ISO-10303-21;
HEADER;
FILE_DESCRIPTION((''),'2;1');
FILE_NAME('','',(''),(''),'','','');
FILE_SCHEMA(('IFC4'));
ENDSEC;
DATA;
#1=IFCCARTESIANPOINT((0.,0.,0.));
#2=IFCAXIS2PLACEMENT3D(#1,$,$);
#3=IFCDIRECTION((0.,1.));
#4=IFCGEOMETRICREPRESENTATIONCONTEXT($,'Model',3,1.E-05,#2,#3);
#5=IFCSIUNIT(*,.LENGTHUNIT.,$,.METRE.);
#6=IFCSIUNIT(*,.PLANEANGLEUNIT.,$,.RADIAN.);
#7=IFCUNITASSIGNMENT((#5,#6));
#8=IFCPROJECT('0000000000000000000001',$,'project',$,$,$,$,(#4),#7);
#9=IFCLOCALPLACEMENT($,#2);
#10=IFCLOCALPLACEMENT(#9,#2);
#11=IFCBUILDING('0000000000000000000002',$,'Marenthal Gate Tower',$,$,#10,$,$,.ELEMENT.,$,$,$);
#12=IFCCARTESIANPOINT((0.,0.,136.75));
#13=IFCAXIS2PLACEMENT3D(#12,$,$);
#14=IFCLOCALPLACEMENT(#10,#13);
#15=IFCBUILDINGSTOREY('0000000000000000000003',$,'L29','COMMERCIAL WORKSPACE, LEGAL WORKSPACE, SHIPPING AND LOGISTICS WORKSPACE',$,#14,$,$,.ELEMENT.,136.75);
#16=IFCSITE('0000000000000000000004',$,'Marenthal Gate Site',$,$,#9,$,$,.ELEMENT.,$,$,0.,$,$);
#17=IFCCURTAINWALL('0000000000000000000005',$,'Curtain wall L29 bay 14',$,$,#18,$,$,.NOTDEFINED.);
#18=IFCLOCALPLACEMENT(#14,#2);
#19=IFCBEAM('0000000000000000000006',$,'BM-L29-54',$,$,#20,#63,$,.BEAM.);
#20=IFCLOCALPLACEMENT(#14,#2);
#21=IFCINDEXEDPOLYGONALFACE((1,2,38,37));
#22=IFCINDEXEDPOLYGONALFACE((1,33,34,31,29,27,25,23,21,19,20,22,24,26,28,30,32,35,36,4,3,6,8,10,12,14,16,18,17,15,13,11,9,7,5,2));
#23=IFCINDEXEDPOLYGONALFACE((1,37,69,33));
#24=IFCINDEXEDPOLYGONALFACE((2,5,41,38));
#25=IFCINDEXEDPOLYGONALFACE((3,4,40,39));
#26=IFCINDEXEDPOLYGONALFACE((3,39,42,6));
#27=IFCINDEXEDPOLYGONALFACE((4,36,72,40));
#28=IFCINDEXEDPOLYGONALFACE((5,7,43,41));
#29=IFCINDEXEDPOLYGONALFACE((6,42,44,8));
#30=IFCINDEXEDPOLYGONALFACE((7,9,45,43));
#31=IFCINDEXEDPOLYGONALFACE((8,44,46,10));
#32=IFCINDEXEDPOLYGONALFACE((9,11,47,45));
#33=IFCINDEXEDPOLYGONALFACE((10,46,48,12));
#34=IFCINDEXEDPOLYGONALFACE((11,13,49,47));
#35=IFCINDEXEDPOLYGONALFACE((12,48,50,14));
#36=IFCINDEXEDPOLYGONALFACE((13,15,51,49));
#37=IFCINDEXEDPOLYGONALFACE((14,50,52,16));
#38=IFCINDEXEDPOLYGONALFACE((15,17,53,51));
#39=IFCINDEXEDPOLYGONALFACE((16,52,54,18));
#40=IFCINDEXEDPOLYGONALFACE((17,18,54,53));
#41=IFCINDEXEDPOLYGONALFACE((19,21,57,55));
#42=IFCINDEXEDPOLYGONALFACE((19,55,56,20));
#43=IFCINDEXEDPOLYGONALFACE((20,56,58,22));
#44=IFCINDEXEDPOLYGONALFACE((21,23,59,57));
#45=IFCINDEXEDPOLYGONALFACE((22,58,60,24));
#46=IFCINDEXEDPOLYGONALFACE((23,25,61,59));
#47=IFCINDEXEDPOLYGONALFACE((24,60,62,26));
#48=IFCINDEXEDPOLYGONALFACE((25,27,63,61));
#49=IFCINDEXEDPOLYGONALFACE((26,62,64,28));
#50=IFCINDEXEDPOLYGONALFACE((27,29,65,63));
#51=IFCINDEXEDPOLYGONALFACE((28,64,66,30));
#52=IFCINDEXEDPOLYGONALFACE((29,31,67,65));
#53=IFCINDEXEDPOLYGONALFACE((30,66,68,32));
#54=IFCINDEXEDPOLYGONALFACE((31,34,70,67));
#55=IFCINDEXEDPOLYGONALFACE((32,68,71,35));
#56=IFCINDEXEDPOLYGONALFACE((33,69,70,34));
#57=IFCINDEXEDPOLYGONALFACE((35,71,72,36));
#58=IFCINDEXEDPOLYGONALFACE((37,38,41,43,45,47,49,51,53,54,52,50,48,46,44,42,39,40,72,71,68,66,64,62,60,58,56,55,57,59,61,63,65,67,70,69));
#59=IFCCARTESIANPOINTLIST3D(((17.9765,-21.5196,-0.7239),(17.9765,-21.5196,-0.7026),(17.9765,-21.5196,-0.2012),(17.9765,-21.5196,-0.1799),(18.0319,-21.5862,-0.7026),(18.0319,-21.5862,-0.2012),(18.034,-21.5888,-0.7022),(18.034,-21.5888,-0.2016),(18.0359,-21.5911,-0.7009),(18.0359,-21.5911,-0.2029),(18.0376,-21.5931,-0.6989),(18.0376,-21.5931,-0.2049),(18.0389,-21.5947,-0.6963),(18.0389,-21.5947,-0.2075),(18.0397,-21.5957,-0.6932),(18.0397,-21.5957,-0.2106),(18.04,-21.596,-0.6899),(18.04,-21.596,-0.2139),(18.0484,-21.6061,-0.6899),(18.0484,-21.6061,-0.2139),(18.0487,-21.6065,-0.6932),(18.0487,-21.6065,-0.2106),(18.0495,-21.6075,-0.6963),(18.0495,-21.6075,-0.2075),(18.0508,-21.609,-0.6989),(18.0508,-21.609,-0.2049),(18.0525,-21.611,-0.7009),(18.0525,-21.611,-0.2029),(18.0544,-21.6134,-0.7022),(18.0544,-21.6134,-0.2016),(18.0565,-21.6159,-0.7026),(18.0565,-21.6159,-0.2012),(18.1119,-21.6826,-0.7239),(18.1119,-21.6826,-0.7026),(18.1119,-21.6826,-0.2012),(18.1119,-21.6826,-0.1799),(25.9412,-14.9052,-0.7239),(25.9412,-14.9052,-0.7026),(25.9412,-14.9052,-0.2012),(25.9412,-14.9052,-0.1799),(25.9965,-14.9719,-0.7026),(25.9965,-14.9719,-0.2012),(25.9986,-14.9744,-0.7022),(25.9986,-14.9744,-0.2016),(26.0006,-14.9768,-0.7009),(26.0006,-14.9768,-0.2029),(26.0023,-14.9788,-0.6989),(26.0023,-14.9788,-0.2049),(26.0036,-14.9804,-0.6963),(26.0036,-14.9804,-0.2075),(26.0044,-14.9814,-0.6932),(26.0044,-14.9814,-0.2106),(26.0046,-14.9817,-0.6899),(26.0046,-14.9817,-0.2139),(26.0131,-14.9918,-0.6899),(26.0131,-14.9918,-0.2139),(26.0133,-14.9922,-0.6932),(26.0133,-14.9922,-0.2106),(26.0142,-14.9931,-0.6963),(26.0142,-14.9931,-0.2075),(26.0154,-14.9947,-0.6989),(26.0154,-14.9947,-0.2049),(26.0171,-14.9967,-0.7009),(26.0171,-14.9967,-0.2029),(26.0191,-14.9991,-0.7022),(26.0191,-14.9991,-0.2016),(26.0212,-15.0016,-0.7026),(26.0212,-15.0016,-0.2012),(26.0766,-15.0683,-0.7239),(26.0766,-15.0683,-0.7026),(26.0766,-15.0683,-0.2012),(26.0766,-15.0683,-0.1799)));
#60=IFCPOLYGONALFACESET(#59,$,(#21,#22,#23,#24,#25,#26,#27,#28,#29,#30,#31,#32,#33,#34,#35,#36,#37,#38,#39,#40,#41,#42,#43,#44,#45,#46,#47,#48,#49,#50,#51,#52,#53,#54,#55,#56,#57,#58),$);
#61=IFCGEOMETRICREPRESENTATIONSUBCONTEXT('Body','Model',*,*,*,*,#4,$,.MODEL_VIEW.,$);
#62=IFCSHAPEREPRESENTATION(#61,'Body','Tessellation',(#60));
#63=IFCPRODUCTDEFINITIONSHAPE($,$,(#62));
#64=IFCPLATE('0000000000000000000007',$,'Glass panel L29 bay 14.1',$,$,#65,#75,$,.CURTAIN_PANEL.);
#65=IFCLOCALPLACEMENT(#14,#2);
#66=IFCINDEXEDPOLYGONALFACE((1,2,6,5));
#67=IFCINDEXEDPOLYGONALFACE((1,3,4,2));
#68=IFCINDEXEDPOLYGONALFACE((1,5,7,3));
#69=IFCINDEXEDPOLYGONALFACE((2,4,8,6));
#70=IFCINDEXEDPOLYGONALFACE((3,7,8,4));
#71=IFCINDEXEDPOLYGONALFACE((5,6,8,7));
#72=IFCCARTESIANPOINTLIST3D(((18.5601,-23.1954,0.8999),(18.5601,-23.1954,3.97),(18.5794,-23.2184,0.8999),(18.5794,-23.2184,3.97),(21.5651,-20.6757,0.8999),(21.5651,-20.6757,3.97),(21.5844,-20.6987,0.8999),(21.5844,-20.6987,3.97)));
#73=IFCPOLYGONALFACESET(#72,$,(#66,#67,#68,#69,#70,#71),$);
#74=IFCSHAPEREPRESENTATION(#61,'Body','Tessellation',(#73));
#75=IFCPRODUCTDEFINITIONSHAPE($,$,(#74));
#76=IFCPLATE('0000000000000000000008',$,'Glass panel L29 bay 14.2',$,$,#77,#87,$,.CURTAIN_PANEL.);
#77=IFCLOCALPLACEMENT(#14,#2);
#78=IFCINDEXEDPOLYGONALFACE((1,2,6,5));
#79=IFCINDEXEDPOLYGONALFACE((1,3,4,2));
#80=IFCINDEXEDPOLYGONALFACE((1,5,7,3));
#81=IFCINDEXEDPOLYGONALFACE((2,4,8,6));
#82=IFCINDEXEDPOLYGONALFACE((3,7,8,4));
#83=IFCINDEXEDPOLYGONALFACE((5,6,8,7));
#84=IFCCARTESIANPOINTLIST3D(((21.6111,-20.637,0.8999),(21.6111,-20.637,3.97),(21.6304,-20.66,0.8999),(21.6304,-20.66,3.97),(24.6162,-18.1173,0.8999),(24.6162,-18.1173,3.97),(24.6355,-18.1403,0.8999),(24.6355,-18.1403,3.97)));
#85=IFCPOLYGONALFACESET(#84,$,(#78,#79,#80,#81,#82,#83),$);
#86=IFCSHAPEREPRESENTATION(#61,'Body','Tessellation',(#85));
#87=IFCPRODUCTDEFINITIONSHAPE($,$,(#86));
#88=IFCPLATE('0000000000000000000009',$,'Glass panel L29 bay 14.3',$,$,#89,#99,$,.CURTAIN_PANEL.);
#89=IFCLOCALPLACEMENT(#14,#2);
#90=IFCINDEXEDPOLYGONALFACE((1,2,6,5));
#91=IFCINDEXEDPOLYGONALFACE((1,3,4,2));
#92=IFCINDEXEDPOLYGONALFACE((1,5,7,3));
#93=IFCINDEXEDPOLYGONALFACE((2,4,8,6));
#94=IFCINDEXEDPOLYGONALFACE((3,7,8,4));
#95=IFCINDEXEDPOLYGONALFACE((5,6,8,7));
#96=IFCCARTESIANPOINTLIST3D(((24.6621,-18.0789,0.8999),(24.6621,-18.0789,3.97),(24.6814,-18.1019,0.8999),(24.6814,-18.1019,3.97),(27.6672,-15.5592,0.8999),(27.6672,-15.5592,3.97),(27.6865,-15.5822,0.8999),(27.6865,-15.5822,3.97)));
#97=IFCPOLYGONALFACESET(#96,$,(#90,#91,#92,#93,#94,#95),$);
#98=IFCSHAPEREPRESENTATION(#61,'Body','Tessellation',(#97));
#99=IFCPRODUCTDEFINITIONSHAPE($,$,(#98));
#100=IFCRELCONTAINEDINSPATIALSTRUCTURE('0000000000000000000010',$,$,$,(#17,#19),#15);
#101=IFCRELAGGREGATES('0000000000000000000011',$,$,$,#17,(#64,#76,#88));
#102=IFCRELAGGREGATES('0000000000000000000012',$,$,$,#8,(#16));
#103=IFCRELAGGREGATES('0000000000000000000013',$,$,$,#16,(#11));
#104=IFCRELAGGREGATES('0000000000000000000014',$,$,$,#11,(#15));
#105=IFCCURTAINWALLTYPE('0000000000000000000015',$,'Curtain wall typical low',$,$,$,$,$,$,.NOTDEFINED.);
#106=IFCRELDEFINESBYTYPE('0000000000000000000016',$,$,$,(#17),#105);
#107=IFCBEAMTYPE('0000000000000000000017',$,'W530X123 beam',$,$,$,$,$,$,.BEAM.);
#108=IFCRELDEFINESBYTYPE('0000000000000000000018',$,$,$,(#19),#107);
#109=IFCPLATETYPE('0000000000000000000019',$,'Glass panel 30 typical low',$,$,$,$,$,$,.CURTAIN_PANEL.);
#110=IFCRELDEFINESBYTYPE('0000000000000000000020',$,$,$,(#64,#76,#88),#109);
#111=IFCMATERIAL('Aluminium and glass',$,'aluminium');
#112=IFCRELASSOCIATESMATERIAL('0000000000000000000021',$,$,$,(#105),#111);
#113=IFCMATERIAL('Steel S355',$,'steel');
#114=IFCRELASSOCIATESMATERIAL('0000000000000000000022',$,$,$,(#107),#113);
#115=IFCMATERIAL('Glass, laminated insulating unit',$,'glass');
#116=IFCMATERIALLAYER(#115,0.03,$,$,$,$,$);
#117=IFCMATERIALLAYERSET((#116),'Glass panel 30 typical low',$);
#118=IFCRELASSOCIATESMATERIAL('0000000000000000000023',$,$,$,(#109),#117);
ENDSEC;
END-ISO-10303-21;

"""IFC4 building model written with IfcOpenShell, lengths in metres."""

from ifc_helpers import new_model, si_unit, direction, frame, origin, origin_2d, place, context, subcontext, project, spatial, rectangle, i_section, extrude, material, layer, layer_set, material_profile, profile_set, type_object, element, aggregate, save


model = new_model("IFC4")

# Units and contexts
model_context = context("Model", 3, precision=1e-05, world=origin(), true_north=direction((0.0, 1.0)))
body_context = subcontext(model_context, "Body", "Model", "MODEL_VIEW")
ifc_project = project(units=[si_unit("LENGTHUNIT", "METRE"), si_unit("PLANEANGLEUNIT", "RADIAN")], contexts=[model_context])

# Site, building, storey
site_placement = place(None, origin())
site = spatial("IfcSite", under=ifc_project, at=site_placement, Name="Marenthal Gate Site", CompositionType="ELEMENT", RefElevation=0.0)
building_placement = place(site_placement, origin())
building = spatial("IfcBuilding", under=site, at=building_placement, Name="Marenthal Gate Tower", CompositionType="ELEMENT")
storey_placement = place(building_placement, frame((0.0, 0.0, 136.75)))
storey = spatial("IfcBuildingStorey", under=building, at=storey_placement, Name="L29", Description="COMMERCIAL WORKSPACE, LEGAL WORKSPACE, SHIPPING AND LOGISTICS WORKSPACE", CompositionType="ELEMENT", Elevation=136.75)

# Curtain wall
ifc_material_1 = material(Name="Aluminium and glass", Category="aluminium")
curtain_wall_type = type_object("IfcCurtainWallType", Name="Curtain wall typical low", PredefinedType="NOTDEFINED", material=ifc_material_1)
curtain_wall_placement = place(storey_placement, origin())
curtain_wall = element("IfcCurtainWall", 1, at=curtain_wall_placement, inside=storey, type_object=curtain_wall_type, Name="Curtain wall L29 bay 14", PredefinedType="NOTDEFINED")

# Beam
ifc_material_2 = material(Name="Steel S355", Category="steel")
ifc_material_profile_1 = material_profile(ifc_material_2, i_section(OverallWidth=0.2119, OverallDepth=0.5439, WebThickness=0.0132, FlangeThickness=0.0212, FilletRadius=0.0127, at=origin_2d()), Name="W530X123")
ifc_profile_set_1 = profile_set([ifc_material_profile_1], Name="Steel S355")
beam_type_1 = type_object("IfcBeamType", Name="W530X123 beam", PredefinedType="BEAM", material=ifc_profile_set_1)
beam_1_placement = place(storey_placement, frame((18.0442, -21.6011, -0.4519), z_axis=(0.769308, 0.638878, 0.0), x_axis=(-0.638878, 0.769308, 0.0)))
element("IfcBeam", 2, at=beam_1_placement, inside=storey, type_object=beam_type_1, Name="BM-L29-54", PredefinedType="BEAM", context=body_context, shape_type="SweptSolid", body=[
    extrude(i_section(OverallWidth=0.2119, OverallDepth=0.5439, WebThickness=0.0132, FlangeThickness=0.0212, FilletRadius=0.0127, at=origin_2d()), origin(), (0.0, 0.0, 1.0), 10.353),
])

# Plates
ifc_material_3 = material(Name="Glass, laminated insulating unit", Category="glass")
ifc_layer_1 = layer(ifc_material_3, 0.03)
ifc_layer_set_1 = layer_set([ifc_layer_1], Name="Glass panel 30 typical low")
plate_type = type_object("IfcPlateType", Name="Glass panel 30 typical low", PredefinedType="CURTAIN_PANEL", material=ifc_layer_set_1)
plate_1_placement = place(storey_placement, frame((20.0723, -21.947, 0.8999), z_axis=(0.0, 0.0, 1.0), x_axis=(0.766277, 0.642511, 0.0)))
plate_1 = element("IfcPlate", 3, at=plate_1_placement, type_object=plate_type, Name="Glass panel L29 bay 14.1", PredefinedType="CURTAIN_PANEL", context=body_context, shape_type="SweptSolid", body=[
    extrude(rectangle(XDim=3.9216, YDim=0.03, at=origin_2d()), origin(), (0.0, 0.0, 1.0), 3.0701),
])
plate_2_placement = place(storey_placement, frame((23.1233, -19.3887, 0.8999), z_axis=(0.0, 0.0, 1.0), x_axis=(0.766277, 0.642511, 0.0)))
plate_2 = element("IfcPlate", 4, at=plate_2_placement, type_object=plate_type, Name="Glass panel L29 bay 14.2", PredefinedType="CURTAIN_PANEL", context=body_context, shape_type="SweptSolid", body=[
    extrude(rectangle(XDim=3.9216, YDim=0.03, at=origin_2d()), origin(), (0.0, 0.0, 1.0), 3.0701),
])
plate_3_placement = place(storey_placement, frame((26.1743, -16.8306, 0.8999), z_axis=(0.0, 0.0, 1.0), x_axis=(0.766277, 0.642511, 0.0)))
plate_3 = element("IfcPlate", 5, at=plate_3_placement, type_object=plate_type, Name="Glass panel L29 bay 14.3", PredefinedType="CURTAIN_PANEL", context=body_context, shape_type="SweptSolid", body=[
    extrude(rectangle(XDim=3.9216, YDim=0.03, at=origin_2d()), origin(), (0.0, 0.0, 1.0), 3.0701),
])
aggregate(curtain_wall, [plate_1, plate_2, plate_3])

save(model, "model.ifc")
